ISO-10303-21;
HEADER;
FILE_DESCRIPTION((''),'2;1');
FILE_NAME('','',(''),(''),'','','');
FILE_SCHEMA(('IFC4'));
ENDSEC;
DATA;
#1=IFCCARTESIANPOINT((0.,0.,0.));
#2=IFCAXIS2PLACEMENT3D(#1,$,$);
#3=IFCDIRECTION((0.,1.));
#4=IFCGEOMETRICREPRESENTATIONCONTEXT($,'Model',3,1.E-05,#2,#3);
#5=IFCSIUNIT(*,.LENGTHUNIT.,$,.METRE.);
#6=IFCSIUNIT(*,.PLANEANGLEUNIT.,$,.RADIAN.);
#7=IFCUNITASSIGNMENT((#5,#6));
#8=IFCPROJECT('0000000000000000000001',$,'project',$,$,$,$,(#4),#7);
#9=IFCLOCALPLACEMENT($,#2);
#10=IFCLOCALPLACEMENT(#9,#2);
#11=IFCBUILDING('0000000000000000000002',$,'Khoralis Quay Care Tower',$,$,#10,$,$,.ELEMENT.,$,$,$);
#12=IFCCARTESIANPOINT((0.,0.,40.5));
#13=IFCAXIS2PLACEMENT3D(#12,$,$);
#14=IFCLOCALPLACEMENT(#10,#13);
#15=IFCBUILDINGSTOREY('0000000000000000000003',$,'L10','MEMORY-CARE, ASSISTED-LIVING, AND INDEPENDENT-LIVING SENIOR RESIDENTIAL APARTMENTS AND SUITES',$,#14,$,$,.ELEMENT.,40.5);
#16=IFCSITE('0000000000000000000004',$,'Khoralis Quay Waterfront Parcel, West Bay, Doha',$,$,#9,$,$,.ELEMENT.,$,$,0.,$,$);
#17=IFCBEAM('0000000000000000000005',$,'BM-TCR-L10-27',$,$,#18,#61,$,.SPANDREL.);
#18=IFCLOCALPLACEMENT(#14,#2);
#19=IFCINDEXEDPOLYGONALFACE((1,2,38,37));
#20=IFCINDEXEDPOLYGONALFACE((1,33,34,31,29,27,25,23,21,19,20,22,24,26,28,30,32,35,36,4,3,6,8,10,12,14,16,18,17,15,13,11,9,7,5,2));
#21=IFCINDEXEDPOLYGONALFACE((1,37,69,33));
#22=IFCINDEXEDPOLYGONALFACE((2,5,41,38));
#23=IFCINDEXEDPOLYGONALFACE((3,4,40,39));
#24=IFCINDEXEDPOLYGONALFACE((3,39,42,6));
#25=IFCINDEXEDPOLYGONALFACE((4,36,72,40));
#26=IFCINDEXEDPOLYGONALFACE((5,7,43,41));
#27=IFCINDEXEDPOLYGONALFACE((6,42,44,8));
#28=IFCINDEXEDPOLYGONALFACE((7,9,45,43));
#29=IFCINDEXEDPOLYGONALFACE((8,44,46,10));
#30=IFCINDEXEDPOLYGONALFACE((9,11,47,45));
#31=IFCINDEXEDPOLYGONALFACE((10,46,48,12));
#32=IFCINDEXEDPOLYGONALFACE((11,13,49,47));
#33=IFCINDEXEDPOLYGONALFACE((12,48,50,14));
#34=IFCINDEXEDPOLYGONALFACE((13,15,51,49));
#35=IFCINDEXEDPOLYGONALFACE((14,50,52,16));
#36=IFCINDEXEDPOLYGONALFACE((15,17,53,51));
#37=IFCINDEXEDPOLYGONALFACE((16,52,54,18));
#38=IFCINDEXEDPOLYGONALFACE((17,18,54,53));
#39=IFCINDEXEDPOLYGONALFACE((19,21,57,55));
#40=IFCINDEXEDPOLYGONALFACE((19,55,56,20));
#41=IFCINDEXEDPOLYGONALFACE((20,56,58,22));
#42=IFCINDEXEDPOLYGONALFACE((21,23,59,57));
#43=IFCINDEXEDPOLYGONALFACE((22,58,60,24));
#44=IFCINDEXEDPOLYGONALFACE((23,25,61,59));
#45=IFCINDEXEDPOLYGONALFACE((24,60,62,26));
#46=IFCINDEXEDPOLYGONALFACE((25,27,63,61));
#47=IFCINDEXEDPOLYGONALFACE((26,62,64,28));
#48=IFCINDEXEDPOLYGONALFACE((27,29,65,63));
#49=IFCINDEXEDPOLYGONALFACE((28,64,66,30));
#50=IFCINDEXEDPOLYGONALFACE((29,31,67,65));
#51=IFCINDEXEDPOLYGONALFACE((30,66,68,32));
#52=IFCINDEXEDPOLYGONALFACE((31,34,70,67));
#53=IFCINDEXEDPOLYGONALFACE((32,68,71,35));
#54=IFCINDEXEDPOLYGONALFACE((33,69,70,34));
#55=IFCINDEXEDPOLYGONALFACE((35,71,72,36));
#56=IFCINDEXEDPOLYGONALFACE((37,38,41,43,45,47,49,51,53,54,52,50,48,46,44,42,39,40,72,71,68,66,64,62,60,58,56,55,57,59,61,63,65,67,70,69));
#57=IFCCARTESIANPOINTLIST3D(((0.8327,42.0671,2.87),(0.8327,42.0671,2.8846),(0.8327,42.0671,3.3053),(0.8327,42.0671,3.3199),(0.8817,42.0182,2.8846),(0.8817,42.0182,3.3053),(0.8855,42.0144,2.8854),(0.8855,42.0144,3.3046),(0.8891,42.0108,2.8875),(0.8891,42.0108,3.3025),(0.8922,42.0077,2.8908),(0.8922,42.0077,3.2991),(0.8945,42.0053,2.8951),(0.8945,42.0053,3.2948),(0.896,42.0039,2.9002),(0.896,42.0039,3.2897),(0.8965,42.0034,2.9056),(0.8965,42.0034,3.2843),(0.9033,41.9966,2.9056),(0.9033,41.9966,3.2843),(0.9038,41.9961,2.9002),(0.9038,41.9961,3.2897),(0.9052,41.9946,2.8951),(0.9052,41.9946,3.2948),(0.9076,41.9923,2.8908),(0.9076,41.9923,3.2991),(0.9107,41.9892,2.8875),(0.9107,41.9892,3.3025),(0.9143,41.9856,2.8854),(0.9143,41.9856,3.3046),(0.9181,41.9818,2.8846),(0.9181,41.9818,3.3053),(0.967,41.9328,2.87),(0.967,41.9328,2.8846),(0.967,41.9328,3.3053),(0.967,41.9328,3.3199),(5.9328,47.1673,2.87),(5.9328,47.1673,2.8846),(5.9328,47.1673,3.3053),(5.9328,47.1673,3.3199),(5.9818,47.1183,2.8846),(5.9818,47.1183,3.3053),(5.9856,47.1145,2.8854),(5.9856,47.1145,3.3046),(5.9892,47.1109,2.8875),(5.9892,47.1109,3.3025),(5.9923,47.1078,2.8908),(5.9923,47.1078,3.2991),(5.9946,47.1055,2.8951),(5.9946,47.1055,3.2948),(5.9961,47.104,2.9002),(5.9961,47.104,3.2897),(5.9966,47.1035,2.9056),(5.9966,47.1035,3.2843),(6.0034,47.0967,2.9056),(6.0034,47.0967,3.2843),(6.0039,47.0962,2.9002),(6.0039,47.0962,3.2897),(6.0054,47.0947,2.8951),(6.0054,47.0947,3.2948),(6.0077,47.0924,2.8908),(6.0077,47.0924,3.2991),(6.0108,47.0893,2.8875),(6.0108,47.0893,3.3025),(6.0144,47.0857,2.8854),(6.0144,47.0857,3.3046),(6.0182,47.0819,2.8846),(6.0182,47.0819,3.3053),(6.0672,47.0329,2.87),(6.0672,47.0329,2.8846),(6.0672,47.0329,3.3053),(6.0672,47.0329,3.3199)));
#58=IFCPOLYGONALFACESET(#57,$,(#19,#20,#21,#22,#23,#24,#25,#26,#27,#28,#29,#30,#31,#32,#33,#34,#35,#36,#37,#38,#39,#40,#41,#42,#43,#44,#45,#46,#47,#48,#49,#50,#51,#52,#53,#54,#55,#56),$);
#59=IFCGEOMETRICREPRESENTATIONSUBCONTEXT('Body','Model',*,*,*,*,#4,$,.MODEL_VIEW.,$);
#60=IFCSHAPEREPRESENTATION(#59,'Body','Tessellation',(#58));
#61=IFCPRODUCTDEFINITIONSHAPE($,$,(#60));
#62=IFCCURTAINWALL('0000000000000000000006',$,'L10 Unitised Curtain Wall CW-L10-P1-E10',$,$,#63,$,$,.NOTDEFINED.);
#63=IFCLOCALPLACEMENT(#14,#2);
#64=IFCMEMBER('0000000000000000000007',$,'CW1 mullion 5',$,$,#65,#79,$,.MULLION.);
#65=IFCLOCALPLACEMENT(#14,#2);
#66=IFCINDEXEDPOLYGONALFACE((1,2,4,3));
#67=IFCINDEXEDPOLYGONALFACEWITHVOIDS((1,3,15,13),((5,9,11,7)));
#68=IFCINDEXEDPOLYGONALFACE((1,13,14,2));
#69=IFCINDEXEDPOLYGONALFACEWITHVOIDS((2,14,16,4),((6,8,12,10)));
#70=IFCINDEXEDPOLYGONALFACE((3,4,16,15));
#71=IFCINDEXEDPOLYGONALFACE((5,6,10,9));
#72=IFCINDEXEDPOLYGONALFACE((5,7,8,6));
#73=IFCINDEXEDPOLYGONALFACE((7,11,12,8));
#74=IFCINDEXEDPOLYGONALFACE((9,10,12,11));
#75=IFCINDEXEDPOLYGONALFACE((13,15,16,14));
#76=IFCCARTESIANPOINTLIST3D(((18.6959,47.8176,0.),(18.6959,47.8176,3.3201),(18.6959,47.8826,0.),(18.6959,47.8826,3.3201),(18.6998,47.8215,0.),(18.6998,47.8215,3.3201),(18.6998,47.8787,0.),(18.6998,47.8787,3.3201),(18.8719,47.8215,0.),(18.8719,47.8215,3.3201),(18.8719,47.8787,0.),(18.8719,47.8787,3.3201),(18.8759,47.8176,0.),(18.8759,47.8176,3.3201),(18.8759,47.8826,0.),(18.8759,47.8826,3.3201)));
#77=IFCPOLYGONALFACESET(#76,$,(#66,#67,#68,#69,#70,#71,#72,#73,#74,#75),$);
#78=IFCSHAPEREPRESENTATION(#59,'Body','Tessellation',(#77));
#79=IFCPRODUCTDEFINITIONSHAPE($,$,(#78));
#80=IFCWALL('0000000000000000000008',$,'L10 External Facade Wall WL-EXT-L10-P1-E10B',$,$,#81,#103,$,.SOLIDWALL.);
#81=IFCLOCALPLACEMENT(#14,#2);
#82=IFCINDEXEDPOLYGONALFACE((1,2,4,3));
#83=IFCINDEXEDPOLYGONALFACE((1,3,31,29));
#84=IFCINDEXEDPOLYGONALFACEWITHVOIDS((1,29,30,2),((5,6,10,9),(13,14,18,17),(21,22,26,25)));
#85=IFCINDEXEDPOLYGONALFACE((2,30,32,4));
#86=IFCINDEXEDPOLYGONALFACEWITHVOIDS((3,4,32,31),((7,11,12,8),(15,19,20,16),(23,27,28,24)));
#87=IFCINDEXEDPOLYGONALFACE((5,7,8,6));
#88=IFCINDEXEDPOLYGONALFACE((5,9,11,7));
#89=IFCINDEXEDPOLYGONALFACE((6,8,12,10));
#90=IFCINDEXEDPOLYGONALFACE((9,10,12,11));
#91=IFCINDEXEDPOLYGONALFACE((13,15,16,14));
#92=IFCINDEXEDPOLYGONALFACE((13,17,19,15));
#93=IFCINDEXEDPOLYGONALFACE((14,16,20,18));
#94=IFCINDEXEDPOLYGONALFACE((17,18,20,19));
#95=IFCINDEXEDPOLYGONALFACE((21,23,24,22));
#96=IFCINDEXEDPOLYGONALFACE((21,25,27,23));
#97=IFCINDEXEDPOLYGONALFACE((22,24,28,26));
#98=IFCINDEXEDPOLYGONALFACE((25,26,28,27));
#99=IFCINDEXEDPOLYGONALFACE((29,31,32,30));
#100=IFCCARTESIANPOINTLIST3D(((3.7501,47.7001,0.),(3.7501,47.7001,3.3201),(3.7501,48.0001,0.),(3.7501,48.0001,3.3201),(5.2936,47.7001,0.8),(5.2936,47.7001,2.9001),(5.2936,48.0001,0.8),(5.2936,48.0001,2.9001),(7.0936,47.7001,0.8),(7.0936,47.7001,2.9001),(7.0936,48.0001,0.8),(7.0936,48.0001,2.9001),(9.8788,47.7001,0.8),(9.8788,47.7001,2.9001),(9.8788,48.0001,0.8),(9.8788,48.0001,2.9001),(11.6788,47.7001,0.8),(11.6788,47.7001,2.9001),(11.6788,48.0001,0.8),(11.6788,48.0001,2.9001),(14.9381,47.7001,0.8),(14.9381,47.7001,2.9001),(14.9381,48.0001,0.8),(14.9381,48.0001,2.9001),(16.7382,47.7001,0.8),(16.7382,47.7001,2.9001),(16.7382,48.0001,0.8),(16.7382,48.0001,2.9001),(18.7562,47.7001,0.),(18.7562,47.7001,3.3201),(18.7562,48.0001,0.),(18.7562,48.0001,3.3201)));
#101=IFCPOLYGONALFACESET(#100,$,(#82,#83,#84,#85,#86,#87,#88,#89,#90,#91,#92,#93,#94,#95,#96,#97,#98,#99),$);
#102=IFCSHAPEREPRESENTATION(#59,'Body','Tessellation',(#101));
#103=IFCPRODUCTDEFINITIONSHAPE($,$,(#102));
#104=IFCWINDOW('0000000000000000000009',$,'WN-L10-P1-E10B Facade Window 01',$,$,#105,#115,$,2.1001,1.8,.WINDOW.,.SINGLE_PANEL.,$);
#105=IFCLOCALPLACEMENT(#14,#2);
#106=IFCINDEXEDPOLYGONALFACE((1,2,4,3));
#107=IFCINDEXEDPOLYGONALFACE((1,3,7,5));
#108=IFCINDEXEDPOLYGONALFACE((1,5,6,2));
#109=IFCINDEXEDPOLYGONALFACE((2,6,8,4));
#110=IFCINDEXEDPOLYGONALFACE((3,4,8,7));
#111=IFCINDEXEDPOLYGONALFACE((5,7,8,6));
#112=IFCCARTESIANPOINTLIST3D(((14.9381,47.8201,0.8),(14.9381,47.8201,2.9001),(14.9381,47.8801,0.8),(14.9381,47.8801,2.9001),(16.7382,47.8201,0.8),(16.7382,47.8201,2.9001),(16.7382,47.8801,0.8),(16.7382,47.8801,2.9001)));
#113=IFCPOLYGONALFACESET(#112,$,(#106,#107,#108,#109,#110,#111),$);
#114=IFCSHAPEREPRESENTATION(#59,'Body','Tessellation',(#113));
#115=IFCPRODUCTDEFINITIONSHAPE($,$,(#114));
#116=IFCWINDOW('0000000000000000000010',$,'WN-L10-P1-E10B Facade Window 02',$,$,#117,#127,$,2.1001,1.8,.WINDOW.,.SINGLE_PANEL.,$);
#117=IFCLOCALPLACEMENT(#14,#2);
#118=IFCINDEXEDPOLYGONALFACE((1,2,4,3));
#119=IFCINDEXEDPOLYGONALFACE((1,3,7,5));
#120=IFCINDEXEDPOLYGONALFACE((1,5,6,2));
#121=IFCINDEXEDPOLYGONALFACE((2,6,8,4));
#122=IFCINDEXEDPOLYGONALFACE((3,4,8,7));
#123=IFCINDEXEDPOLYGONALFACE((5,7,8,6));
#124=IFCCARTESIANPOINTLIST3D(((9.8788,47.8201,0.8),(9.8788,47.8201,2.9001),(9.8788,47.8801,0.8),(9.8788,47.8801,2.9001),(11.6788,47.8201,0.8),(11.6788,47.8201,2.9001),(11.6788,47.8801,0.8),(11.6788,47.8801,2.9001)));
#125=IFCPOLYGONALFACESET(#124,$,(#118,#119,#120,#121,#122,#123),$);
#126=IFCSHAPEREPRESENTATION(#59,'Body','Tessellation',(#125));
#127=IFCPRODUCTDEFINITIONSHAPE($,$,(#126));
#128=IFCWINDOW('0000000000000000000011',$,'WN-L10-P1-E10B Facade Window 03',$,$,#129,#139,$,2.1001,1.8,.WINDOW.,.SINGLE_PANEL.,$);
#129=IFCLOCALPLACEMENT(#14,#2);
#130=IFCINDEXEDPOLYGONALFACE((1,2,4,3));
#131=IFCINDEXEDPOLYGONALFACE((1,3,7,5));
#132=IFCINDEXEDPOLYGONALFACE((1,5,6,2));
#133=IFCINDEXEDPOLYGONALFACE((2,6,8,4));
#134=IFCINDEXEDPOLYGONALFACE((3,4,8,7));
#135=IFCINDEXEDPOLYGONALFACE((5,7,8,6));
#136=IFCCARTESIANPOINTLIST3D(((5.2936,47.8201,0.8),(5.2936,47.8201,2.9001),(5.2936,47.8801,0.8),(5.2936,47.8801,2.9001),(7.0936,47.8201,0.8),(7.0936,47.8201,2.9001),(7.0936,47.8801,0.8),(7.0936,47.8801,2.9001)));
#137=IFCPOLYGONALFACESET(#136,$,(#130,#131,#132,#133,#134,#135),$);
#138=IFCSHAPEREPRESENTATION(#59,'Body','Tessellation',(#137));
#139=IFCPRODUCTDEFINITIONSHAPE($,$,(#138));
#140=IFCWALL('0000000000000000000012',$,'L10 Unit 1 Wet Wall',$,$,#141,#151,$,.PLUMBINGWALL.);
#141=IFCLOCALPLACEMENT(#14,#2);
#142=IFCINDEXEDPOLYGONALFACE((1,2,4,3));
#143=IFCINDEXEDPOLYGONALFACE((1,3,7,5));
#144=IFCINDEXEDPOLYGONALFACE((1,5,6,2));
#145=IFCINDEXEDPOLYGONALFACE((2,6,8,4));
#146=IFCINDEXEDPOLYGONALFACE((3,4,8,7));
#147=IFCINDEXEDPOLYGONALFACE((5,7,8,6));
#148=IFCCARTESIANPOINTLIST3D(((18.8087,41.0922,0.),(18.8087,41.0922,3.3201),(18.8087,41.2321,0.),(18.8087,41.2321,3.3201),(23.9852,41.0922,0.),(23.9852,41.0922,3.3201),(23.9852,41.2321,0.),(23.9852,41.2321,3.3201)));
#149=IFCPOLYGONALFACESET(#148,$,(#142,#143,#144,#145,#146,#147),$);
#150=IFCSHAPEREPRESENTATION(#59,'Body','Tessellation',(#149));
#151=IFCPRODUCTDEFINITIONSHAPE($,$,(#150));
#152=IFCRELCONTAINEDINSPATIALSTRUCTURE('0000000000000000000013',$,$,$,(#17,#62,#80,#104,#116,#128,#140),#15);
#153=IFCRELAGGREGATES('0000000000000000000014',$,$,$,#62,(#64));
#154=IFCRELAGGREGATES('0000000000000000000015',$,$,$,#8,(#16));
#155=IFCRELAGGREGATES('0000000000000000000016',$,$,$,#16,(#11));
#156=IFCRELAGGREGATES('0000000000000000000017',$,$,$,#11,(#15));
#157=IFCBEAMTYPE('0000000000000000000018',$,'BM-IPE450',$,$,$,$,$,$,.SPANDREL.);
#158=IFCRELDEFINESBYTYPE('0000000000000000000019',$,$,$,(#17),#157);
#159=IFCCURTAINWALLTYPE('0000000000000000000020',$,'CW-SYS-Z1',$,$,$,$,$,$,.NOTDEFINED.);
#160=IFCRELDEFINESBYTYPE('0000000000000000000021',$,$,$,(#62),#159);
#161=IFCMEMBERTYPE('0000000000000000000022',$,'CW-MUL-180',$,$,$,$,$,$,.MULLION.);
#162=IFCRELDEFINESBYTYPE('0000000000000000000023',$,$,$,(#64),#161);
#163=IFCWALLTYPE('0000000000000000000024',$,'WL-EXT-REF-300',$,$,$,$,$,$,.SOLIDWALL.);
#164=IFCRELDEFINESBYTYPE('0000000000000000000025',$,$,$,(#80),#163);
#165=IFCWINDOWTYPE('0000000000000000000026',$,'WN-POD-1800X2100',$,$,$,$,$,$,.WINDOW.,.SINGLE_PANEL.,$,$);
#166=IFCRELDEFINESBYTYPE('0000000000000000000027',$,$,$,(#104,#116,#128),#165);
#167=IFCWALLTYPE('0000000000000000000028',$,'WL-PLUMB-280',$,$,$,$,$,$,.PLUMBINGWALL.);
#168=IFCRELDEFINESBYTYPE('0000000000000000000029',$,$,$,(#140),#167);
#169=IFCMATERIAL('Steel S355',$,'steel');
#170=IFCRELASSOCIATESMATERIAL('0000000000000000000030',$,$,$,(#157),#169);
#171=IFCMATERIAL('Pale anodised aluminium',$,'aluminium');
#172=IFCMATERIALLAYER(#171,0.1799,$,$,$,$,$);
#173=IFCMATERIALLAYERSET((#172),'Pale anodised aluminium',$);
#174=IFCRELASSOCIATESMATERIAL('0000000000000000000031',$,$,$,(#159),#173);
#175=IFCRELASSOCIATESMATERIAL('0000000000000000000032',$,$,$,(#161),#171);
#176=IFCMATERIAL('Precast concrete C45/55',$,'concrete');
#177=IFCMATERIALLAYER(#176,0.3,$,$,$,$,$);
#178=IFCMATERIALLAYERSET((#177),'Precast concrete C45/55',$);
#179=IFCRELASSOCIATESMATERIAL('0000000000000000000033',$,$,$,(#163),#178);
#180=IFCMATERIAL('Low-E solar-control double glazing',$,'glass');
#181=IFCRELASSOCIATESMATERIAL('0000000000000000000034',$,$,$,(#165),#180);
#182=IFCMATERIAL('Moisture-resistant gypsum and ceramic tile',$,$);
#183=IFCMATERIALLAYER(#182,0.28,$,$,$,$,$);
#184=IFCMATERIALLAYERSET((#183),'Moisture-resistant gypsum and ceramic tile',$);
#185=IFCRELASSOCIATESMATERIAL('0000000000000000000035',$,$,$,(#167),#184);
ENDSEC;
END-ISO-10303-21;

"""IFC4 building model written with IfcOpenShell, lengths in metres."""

from ifc_helpers import new_model, si_unit, direction, frame, frame_2d, origin, origin_2d, place, context, subcontext, project, spatial, rectangle, hollow_rectangle, i_section, extrude, source, transform, mapped, material, layer, layer_set, material_profile, profile_set, type_object, element, fill, aggregate, save


model = new_model("IFC4")

# Units and contexts
model_context = context("Model", 3, precision=1e-05, world=origin(), true_north=direction((0.0, 1.0)))
body_context = subcontext(model_context, "Body", "Model", "MODEL_VIEW")
ifc_project = project(units=[si_unit("LENGTHUNIT", "METRE"), si_unit("PLANEANGLEUNIT", "RADIAN")], contexts=[model_context])

# Site, building, storey
site_placement = place(None, origin())
site = spatial("IfcSite", under=ifc_project, at=site_placement, Name="Khoralis Quay Waterfront Parcel, West Bay, Doha", CompositionType="ELEMENT", RefElevation=0.0)
building_placement = place(site_placement, origin())
building = spatial("IfcBuilding", under=site, at=building_placement, Name="Khoralis Quay Care Tower", CompositionType="ELEMENT")
storey_placement = place(building_placement, frame((0.0, 0.0, 40.5)))
storey = spatial("IfcBuildingStorey", under=building, at=storey_placement, Name="L10", Description="MEMORY-CARE, ASSISTED-LIVING, AND INDEPENDENT-LIVING SENIOR RESIDENTIAL APARTMENTS AND SUITES", CompositionType="ELEMENT", Elevation=40.5)

# Beam
ifc_material_1 = material(Name="Steel S355", Category="steel")
ifc_material_profile_1 = material_profile(ifc_material_1, i_section(OverallWidth=0.1899, OverallDepth=0.45, WebThickness=0.0095, FlangeThickness=0.0146, FilletRadius=0.021, at=origin_2d()), Name="Steel S355")
ifc_profile_set_1 = profile_set([ifc_material_profile_1], Name="Steel S355")
beam_type = type_object("IfcBeamType", Name="BM-IPE450", PredefinedType="SPANDREL", material=ifc_profile_set_1)
shared_shape_1 = source(origin(), body_context, "Body", "SweptSolid", [
    extrude(i_section(OverallWidth=0.1899, OverallDepth=0.45, WebThickness=0.0095, FlangeThickness=0.0146, FilletRadius=0.021, at=origin_2d()), origin(), (0.0, 0.0, 1.0), 7.2126),
])
beam_1_placement = place(storey_placement, frame((6.0, 47.1001, 3.095), z_axis=(-0.707107, -0.707107, 0.0), x_axis=(0.707107, -0.707107, 0.0)))
element("IfcBeam", 1, at=beam_1_placement, inside=storey, type_object=beam_type, Name="BM-TCR-L10-27", PredefinedType="SPANDREL", context=body_context, shape_type="MappedRepresentation", body=[
    mapped(shared_shape_1, transform((0.0, 0.0, 0.0), scale=1.0)),
])

# Curtain wall, member
ifc_material_2 = material(Name="Pale anodised aluminium", Category="aluminium")
ifc_layer_1 = layer(ifc_material_2, 0.1799)
ifc_layer_set_1 = layer_set([ifc_layer_1], Name="Pale anodised aluminium")
curtain_wall_type = type_object("IfcCurtainWallType", Name="CW-SYS-Z1", PredefinedType="NOTDEFINED", material=ifc_layer_set_1)
curtain_wall_placement = place(storey_placement, origin())
curtain_wall = element("IfcCurtainWall", 2, at=curtain_wall_placement, inside=storey, type_object=curtain_wall_type, Name="L10 Unitised Curtain Wall CW-L10-P1-E10", PredefinedType="NOTDEFINED")
ifc_material_profile_2 = material_profile(ifc_material_2, hollow_rectangle(XDim=0.0649, YDim=0.1799, WallThickness=0.0039, at=origin_2d()), Name="Pale anodised aluminium")
ifc_profile_set_2 = profile_set([ifc_material_profile_2], Name="Pale anodised aluminium")
member_type = type_object("IfcMemberType", Name="CW-MUL-180", PredefinedType="MULLION", material=ifc_profile_set_2)
shared_shape_2 = source(origin(), body_context, "Body", "SweptSolid", [
    extrude(hollow_rectangle(XDim=0.0649, YDim=0.1799, WallThickness=0.0039, at=origin_2d()), origin(), (0.0, 0.0, 1.0), 3.3201),
])
member_placement = place(storey_placement, frame((18.7859, 47.8501, 0.0), z_axis=(0.0, 0.0, 1.0), x_axis=(0.0, -1.0, 0.0)))
member = element("IfcMember", 3, at=member_placement, type_object=member_type, Name="CW1 mullion 5", PredefinedType="MULLION", context=body_context, shape_type="MappedRepresentation", body=[
    mapped(shared_shape_2, transform((0.0, 0.0, 0.0), scale=1.0)),
])
aggregate(curtain_wall, [member])

# Wall, openings, windows
ifc_material_3 = material(Name="Precast concrete C45/55", Category="concrete")
ifc_layer_2 = layer(ifc_material_3, 0.3)
ifc_layer_set_2 = layer_set([ifc_layer_2], Name="Precast concrete C45/55")
wall_type_1 = type_object("IfcWallType", Name="WL-EXT-REF-300", PredefinedType="SOLIDWALL", material=ifc_layer_set_2)
wall_1_placement = place(storey_placement, frame((18.7561, 47.8501, 0.0), z_axis=(0.0, 0.0, 1.0), x_axis=(-1.0, 0.0, 0.0)))
wall_1 = element("IfcWall", 4, at=wall_1_placement, inside=storey, type_object=wall_type_1, Name="L10 External Facade Wall WL-EXT-L10-P1-E10B", PredefinedType="SOLIDWALL", context=body_context, shape_type="SweptSolid", body=[
    extrude(rectangle(XDim=15.0061, YDim=0.3, at=frame_2d((7.5029, 0.0))), origin(), (0.0, 0.0, 1.0), 3.3201),
])
opening_1_placement = place(wall_1_placement, frame((2.0181, 0.0, 0.8)))
opening_1 = element("IfcOpeningElement", 5, at=opening_1_placement, cuts=wall_1, PredefinedType="OPENING", context=body_context, shape_type="SweptSolid", body=[
    extrude(rectangle(XDim=1.8, YDim=2.1001, at=frame_2d((0.8999, 1.05))), frame((0.0, 0.1602, 0.0), z_axis=(0.0, -1.0, 0.0), x_axis=(1.0, 0.0, 0.0)), (0.0, 0.0, 1.0), 0.3201),
])
opening_2_placement = place(wall_1_placement, frame((7.0774, 0.0, 0.8)))
opening_2 = element("IfcOpeningElement", 6, at=opening_2_placement, cuts=wall_1, PredefinedType="OPENING", context=body_context, shape_type="SweptSolid", body=[
    extrude(rectangle(XDim=1.8, YDim=2.1001, at=frame_2d((0.8999, 1.05))), frame((0.0, 0.1602, 0.0), z_axis=(0.0, -1.0, 0.0), x_axis=(1.0, 0.0, 0.0)), (0.0, 0.0, 1.0), 0.3201),
])
opening_3_placement = place(wall_1_placement, frame((11.6626, 0.0, 0.8)))
opening_3 = element("IfcOpeningElement", 7, at=opening_3_placement, cuts=wall_1, PredefinedType="OPENING", context=body_context, shape_type="SweptSolid", body=[
    extrude(rectangle(XDim=1.8, YDim=2.1001, at=frame_2d((0.8999, 1.05))), frame((0.0, 0.1602, 0.0), z_axis=(0.0, -1.0, 0.0), x_axis=(1.0, 0.0, 0.0)), (0.0, 0.0, 1.0), 0.3201),
])
ifc_material_4 = material(Name="Low-E solar-control double glazing", Category="glass")
window_type = type_object("IfcWindowType", Name="WN-POD-1800X2100", PartitioningType="SINGLE_PANEL", PredefinedType="WINDOW", material=ifc_material_4)
shared_shape_3 = source(origin(), body_context, "Body", "SweptSolid", [
    extrude(rectangle(XDim=1.8, YDim=2.1001, at=frame_2d((0.8999, 1.05))), frame((0.0, 0.03, 0.0), z_axis=(0.0, -1.0, 0.0), x_axis=(1.0, 0.0, 0.0)), (0.0, 0.0, 1.0), 0.0601),
])
window_1_placement = place(opening_1_placement, origin())
window_1 = element("IfcWindow", 8, at=window_1_placement, inside=storey, type_object=window_type, Name="WN-L10-P1-E10B Facade Window 01", OverallHeight=2.1001, OverallWidth=1.8, PartitioningType="SINGLE_PANEL", PredefinedType="WINDOW", context=body_context, shape_type="MappedRepresentation", body=[
    mapped(shared_shape_3, transform((0.0, 0.0, 0.0), scale=1.0)),
])
fill(opening_1, window_1)
window_2_placement = place(opening_2_placement, origin())
window_2 = element("IfcWindow", 9, at=window_2_placement, inside=storey, type_object=window_type, Name="WN-L10-P1-E10B Facade Window 02", OverallHeight=2.1001, OverallWidth=1.8, PartitioningType="SINGLE_PANEL", PredefinedType="WINDOW", context=body_context, shape_type="MappedRepresentation", body=[
    mapped(shared_shape_3, transform((0.0, 0.0, 0.0), scale=1.0)),
])
fill(opening_2, window_2)
window_3_placement = place(opening_3_placement, origin())
window_3 = element("IfcWindow", 10, at=window_3_placement, inside=storey, type_object=window_type, Name="WN-L10-P1-E10B Facade Window 03", OverallHeight=2.1001, OverallWidth=1.8, PartitioningType="SINGLE_PANEL", PredefinedType="WINDOW", context=body_context, shape_type="MappedRepresentation", body=[
    mapped(shared_shape_3, transform((0.0, 0.0, 0.0), scale=1.0)),
])
fill(opening_3, window_3)

# Wall
ifc_material_5 = material(Name="Moisture-resistant gypsum and ceramic tile")
ifc_layer_3 = layer(ifc_material_5, 0.28)
ifc_layer_set_3 = layer_set([ifc_layer_3], Name="Moisture-resistant gypsum and ceramic tile")
wall_type_2 = type_object("IfcWallType", Name="WL-PLUMB-280", PredefinedType="PLUMBINGWALL", material=ifc_layer_set_3)
wall_2_placement = place(storey_placement, frame((18.8086, 41.1621, 0.0), z_axis=(0.0, 0.0, 1.0), x_axis=(1.0, 0.0, 0.0)))
element("IfcWall", 11, at=wall_2_placement, inside=storey, type_object=wall_type_2, Name="L10 Unit 1 Wet Wall", PredefinedType="PLUMBINGWALL", context=body_context, shape_type="SweptSolid", body=[
    extrude(rectangle(XDim=5.1765, YDim=0.1399, at=frame_2d((2.5884, 0.0))), origin(), (0.0, 0.0, 1.0), 3.3201),
])

save(model, "model.ifc")
